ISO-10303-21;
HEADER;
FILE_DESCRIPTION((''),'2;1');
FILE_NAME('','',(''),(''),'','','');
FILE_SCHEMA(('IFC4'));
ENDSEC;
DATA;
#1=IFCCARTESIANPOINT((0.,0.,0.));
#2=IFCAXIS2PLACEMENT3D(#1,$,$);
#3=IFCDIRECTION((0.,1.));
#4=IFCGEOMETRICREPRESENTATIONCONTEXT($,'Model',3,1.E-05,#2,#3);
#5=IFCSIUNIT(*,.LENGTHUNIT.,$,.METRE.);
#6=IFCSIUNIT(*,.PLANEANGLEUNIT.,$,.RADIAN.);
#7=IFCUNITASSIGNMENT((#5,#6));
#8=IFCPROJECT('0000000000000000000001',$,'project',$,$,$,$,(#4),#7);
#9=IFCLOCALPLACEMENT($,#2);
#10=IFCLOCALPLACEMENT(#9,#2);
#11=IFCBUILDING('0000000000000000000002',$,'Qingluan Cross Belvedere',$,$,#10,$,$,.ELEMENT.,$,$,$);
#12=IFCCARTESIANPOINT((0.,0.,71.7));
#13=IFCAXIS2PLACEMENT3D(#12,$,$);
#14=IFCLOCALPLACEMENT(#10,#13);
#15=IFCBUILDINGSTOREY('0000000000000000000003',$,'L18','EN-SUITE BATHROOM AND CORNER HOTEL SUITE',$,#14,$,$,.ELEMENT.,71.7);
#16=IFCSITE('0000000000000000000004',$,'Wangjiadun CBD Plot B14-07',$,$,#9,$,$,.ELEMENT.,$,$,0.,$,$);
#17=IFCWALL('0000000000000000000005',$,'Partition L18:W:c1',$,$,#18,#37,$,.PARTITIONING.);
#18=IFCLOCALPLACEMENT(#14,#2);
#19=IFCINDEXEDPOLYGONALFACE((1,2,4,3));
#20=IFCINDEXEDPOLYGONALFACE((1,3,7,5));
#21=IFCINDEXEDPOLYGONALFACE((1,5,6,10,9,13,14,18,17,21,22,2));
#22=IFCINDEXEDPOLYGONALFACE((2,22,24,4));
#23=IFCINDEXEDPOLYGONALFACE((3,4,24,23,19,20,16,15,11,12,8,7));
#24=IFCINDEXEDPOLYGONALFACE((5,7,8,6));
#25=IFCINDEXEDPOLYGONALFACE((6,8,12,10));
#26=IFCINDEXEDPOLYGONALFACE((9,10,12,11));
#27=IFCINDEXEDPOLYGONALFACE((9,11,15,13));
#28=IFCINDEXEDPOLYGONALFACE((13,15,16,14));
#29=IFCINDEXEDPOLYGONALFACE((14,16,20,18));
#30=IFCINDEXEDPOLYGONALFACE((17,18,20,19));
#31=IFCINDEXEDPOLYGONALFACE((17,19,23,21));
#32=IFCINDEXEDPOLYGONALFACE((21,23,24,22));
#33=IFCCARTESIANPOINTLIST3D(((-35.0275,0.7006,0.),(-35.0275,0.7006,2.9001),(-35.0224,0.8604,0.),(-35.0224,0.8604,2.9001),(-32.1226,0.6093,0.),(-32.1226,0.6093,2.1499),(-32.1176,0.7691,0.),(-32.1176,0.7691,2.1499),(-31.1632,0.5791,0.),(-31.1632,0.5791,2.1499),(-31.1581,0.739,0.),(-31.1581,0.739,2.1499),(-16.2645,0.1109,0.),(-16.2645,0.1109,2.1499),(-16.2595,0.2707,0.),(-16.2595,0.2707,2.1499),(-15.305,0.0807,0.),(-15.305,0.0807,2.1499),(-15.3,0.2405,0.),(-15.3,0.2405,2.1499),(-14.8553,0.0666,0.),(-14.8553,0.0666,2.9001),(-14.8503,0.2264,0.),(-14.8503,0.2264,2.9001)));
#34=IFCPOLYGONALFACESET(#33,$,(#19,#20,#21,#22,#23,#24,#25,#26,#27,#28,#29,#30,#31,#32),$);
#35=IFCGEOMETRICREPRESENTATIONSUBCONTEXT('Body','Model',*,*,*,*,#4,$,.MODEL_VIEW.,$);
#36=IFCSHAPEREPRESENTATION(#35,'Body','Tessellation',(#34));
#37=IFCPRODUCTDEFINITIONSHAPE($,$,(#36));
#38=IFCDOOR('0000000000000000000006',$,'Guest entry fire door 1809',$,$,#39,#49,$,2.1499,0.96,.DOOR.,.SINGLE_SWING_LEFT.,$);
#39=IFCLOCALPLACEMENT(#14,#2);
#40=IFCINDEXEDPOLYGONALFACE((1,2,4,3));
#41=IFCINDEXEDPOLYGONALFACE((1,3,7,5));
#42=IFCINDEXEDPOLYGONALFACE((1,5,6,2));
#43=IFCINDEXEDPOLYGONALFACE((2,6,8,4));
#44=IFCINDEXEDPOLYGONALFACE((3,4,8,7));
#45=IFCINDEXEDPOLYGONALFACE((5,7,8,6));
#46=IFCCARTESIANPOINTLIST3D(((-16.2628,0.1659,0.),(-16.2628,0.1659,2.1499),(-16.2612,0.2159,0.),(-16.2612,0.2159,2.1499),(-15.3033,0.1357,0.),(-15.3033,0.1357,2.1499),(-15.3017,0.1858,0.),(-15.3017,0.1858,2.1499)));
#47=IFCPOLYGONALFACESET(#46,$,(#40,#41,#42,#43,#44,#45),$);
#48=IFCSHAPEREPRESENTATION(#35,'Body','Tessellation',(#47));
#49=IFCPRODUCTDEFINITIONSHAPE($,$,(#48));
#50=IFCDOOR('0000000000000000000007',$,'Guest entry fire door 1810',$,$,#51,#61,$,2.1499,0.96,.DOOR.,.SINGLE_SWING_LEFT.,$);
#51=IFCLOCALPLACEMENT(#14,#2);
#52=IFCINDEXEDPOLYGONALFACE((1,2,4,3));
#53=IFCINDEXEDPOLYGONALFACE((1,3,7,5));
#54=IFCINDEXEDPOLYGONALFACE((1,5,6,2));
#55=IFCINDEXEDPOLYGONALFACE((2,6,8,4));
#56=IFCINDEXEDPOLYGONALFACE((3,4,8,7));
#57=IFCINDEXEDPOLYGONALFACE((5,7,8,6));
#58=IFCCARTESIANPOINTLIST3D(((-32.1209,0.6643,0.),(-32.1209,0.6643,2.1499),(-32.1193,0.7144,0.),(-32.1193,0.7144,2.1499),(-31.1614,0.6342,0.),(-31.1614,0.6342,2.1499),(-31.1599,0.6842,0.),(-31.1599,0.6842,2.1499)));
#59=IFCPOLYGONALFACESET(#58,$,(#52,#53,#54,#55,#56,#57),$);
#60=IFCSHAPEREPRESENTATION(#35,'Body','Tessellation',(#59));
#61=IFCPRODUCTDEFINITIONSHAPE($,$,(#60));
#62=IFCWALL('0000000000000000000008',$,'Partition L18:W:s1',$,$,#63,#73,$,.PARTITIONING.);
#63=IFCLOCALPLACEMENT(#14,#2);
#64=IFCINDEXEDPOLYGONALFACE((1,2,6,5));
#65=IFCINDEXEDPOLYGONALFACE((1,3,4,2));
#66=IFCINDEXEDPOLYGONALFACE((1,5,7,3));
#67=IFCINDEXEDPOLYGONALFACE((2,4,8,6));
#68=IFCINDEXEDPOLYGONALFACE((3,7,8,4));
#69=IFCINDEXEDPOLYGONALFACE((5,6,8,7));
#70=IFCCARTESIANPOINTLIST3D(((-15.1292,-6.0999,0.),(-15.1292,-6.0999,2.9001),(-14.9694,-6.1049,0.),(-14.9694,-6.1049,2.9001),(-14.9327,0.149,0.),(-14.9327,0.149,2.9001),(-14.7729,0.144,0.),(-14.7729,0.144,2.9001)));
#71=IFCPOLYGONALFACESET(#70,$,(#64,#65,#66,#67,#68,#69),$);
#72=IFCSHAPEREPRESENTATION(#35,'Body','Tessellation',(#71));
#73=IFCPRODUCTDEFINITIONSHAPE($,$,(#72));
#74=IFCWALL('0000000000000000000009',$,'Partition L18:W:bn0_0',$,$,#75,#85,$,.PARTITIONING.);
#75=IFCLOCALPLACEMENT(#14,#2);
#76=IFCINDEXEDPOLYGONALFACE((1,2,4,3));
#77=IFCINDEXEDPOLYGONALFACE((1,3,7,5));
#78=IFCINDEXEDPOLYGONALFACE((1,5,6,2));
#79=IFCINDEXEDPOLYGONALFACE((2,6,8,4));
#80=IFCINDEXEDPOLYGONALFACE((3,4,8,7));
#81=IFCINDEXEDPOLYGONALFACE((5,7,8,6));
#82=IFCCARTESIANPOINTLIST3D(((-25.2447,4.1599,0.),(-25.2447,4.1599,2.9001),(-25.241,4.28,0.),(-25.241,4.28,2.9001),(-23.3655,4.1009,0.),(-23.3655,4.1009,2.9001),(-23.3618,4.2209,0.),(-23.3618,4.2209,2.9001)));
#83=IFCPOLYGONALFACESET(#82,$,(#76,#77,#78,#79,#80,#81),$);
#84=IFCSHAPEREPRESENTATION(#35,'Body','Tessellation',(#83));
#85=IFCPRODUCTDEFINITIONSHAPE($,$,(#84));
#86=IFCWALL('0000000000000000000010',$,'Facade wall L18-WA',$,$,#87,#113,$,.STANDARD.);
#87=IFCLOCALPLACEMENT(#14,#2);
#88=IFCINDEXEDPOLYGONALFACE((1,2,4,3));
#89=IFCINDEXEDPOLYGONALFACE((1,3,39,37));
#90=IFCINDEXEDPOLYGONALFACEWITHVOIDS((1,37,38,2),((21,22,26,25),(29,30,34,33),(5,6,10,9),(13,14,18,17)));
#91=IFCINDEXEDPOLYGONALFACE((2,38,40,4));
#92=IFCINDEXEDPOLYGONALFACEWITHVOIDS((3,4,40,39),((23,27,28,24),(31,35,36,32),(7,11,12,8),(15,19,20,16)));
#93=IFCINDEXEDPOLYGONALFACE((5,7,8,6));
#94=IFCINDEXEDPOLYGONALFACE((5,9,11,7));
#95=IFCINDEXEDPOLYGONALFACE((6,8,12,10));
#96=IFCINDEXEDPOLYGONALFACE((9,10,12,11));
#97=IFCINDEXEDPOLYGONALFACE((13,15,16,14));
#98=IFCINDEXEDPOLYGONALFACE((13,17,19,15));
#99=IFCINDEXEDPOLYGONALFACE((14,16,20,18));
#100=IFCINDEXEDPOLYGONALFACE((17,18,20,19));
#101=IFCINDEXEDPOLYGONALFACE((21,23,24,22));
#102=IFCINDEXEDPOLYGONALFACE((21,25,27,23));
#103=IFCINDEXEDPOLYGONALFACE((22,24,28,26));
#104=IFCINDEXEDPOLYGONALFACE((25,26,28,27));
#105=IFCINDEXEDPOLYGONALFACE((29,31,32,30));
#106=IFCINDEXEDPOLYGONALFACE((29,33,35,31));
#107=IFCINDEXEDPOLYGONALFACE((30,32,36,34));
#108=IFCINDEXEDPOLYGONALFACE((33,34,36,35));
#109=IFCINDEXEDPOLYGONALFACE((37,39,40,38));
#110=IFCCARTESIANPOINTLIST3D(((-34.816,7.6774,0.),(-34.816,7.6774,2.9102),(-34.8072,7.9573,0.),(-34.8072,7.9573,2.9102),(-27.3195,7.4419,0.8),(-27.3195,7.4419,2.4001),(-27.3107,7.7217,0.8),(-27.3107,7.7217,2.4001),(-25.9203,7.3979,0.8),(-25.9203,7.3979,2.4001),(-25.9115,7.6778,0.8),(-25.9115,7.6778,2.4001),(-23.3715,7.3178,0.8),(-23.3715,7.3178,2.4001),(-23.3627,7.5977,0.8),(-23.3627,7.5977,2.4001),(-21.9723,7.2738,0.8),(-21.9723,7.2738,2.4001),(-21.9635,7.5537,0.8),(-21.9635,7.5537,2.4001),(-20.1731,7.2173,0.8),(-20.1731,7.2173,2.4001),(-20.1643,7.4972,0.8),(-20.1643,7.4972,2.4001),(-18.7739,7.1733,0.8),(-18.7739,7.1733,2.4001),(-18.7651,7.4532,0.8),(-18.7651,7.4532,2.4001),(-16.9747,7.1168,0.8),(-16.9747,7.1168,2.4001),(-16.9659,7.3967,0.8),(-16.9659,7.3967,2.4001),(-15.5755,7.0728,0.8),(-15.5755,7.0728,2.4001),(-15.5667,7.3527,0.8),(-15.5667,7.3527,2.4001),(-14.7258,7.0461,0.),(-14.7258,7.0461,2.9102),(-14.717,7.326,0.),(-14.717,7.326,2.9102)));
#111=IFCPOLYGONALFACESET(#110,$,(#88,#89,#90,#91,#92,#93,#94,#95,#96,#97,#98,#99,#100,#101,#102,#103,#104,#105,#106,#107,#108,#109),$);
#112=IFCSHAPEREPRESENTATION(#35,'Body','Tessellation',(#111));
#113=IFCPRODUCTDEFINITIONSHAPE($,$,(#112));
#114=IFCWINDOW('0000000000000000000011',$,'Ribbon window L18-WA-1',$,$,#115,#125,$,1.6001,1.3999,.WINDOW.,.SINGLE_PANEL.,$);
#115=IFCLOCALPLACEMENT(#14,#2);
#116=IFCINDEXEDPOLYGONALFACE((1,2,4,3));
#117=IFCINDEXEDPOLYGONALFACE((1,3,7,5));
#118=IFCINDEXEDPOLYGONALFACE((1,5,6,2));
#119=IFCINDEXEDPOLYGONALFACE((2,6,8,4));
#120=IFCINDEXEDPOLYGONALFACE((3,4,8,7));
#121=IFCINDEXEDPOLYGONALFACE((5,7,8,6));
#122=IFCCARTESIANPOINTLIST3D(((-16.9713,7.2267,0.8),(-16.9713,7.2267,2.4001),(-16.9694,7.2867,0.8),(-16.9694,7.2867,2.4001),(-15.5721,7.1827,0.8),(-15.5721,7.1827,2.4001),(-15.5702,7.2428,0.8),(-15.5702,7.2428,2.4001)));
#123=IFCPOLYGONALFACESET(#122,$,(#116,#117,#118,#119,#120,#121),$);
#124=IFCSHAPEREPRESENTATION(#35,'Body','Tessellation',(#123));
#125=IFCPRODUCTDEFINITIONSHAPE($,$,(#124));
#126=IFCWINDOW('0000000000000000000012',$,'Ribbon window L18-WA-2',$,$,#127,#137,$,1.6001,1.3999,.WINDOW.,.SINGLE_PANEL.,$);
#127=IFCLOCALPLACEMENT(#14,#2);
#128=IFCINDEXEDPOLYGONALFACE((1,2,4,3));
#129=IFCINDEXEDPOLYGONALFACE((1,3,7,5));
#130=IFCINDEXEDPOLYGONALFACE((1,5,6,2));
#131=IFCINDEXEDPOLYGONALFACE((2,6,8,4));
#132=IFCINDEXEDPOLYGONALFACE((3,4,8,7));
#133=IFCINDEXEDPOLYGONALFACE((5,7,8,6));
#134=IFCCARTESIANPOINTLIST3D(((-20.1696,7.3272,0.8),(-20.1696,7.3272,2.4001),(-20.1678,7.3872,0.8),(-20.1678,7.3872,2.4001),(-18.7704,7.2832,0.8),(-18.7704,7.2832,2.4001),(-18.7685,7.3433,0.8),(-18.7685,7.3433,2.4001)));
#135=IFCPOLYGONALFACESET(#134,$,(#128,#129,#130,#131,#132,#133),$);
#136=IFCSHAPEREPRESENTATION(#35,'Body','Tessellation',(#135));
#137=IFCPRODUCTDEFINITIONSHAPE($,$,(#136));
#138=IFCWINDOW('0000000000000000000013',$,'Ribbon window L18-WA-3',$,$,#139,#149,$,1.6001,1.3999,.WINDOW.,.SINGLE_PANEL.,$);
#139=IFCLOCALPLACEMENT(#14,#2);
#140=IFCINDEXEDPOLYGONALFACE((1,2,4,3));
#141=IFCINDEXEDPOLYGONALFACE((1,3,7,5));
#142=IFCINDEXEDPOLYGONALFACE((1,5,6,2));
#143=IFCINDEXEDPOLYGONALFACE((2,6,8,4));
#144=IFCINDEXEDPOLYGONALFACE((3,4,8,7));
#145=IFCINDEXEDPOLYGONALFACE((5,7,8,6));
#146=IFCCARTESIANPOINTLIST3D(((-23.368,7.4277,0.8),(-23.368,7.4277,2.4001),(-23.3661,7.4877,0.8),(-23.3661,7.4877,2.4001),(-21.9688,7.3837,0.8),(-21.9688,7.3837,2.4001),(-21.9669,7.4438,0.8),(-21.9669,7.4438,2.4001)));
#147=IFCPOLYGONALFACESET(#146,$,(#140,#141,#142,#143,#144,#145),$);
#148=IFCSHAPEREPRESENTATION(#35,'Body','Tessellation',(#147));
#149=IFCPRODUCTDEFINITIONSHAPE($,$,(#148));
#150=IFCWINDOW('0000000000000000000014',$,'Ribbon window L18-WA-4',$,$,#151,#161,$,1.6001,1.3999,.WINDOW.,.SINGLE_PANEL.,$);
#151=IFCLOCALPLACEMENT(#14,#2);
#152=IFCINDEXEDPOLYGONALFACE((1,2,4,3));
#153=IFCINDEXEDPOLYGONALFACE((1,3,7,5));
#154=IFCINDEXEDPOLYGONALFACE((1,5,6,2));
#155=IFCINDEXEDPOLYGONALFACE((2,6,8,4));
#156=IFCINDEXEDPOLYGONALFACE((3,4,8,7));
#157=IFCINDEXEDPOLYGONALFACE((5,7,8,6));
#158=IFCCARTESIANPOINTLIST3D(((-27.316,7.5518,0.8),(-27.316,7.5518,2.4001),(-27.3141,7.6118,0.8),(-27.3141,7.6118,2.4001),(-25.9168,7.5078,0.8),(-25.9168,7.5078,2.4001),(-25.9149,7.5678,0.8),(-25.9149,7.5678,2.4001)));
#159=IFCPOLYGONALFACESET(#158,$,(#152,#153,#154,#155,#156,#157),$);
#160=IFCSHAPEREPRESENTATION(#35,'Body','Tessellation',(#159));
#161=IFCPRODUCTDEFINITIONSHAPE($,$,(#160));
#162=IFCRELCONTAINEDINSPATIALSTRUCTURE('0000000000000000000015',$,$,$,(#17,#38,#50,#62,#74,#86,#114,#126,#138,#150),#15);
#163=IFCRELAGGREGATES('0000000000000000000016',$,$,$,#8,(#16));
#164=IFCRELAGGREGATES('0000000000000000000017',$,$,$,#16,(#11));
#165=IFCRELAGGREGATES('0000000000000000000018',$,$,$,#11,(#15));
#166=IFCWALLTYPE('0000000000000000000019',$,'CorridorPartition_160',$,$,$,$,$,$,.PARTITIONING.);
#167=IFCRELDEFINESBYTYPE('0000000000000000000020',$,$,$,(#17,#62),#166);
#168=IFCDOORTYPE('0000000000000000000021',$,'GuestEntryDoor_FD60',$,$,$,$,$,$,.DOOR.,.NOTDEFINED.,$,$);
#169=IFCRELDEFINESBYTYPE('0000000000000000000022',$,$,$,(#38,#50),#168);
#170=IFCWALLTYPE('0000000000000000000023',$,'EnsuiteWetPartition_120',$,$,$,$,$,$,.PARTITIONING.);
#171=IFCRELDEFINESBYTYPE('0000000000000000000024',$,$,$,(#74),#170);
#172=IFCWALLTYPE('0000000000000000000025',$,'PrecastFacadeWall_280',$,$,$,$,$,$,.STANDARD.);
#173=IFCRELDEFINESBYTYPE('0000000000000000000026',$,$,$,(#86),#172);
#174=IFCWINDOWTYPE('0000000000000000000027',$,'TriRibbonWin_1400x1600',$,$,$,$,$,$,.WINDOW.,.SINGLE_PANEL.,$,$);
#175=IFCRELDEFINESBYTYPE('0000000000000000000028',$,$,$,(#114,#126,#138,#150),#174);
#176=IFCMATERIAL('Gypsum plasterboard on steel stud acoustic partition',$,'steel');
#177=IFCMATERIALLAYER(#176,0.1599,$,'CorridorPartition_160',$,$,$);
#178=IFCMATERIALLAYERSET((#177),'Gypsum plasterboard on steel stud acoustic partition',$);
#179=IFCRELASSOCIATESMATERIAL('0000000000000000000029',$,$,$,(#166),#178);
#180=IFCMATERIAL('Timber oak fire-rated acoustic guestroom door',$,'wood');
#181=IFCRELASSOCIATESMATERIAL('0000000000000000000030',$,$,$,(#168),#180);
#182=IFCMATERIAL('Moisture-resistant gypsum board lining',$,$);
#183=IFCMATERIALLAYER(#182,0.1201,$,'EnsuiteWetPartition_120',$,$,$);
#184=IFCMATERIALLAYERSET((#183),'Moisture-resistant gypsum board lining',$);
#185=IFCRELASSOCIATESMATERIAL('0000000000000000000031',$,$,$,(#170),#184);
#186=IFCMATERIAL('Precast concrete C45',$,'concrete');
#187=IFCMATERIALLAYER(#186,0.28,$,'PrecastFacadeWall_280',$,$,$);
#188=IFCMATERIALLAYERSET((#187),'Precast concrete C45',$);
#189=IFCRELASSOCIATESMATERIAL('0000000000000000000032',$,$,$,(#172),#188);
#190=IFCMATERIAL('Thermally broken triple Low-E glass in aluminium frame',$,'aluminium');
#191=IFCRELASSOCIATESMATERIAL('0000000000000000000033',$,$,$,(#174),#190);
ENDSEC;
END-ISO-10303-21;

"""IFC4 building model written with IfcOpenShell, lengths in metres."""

from ifc_helpers import new_model, si_unit, direction, frame, frame_2d, origin, place, context, subcontext, project, spatial, rectangle, extrude, material, layer, layer_set, type_object, element, fill, save


model = new_model("IFC4")

# Units and contexts
model_context = context("Model", 3, precision=1e-05, world=origin(), true_north=direction((0.0, 1.0)))
body_context = subcontext(model_context, "Body", "Model", "MODEL_VIEW")
ifc_project = project(units=[si_unit("LENGTHUNIT", "METRE"), si_unit("PLANEANGLEUNIT", "RADIAN")], contexts=[model_context])

# Site, building, storey
site_placement = place(None, origin())
site = spatial("IfcSite", under=ifc_project, at=site_placement, Name="Wangjiadun CBD Plot B14-07", CompositionType="ELEMENT", RefElevation=0.0)
building_placement = place(site_placement, origin())
building = spatial("IfcBuilding", under=site, at=building_placement, Name="Qingluan Cross Belvedere", CompositionType="ELEMENT")
storey_placement = place(building_placement, frame((0.0, 0.0, 71.7)))
storey = spatial("IfcBuildingStorey", under=building, at=storey_placement, Name="L18", Description="EN-SUITE BATHROOM AND CORNER HOTEL SUITE", CompositionType="ELEMENT", Elevation=71.7)

# Shared definitions
ifc_material_1 = material(Name="Gypsum plasterboard on steel stud acoustic partition", Category="steel")
ifc_layer_1 = layer(ifc_material_1, 0.1599, Name="CorridorPartition_160")
ifc_layer_set_1 = layer_set([ifc_layer_1], Name="Gypsum plasterboard on steel stud acoustic partition")
wall_type_1 = type_object("IfcWallType", Name="CorridorPartition_160", PredefinedType="PARTITIONING", material=ifc_layer_set_1)
ifc_material_2 = material(Name="Timber oak fire-rated acoustic guestroom door", Category="wood")
door_type = type_object("IfcDoorType", Name="GuestEntryDoor_FD60", OperationType="NOTDEFINED", PredefinedType="DOOR", material=ifc_material_2)

# Wall, openings, doors
wall_1_placement = place(storey_placement, frame((-14.8528, 0.1465, 0.0), z_axis=(0.0, 0.0, 1.0), x_axis=(-0.999506, 0.031416, 0.0)))
wall_1 = element("IfcWall", 1, at=wall_1_placement, inside=storey, type_object=wall_type_1, Name="Partition L18:W:c1", PredefinedType="PARTITIONING", context=body_context, shape_type="SweptSolid", body=[
    extrude(rectangle(XDim=20.1821, YDim=0.1599, at=frame_2d((10.0911, 0.0))), origin(), (0.0, 0.0, 1.0), 2.9001),
])
opening_1_placement = place(wall_1_placement, frame((0.45, 0.0, 0.0)))
opening_1 = element("IfcOpeningElement", 2, at=opening_1_placement, cuts=wall_1, PredefinedType="OPENING", context=body_context, shape_type="SweptSolid", body=[
    extrude(rectangle(XDim=0.96, YDim=2.1499, at=frame_2d((0.48, 1.075))), frame((0.0, 0.0898, 0.0), z_axis=(0.0, -1.0, 0.0), x_axis=(1.0, 0.0, 0.0)), (0.0, 0.0, 1.0), 0.1799),
])
opening_2_placement = place(wall_1_placement, frame((16.3159, 0.0, 0.0)))
opening_2 = element("IfcOpeningElement", 3, at=opening_2_placement, cuts=wall_1, PredefinedType="OPENING", context=body_context, shape_type="SweptSolid", body=[
    extrude(rectangle(XDim=0.96, YDim=2.1499, at=frame_2d((0.48, 1.075))), frame((0.0, 0.0898, 0.0), z_axis=(0.0, -1.0, 0.0), x_axis=(1.0, 0.0, 0.0)), (0.0, 0.0, 1.0), 0.1799),
])
door_1_placement = place(opening_1_placement, origin())
door_1 = element("IfcDoor", 4, at=door_1_placement, inside=storey, type_object=door_type, Name="Guest entry fire door 1809", OperationType="SINGLE_SWING_LEFT", OverallHeight=2.1499, OverallWidth=0.96, PredefinedType="DOOR", context=body_context, shape_type="SweptSolid", body=[
    extrude(rectangle(XDim=0.96, YDim=2.1499, at=frame_2d((0.48, 1.075))), frame((0.0, 0.0249, 0.0), z_axis=(0.0, -1.0, 0.0), x_axis=(1.0, 0.0, 0.0)), (0.0, 0.0, 1.0), 0.05),
])
fill(opening_1, door_1)
door_2_placement = place(opening_2_placement, origin())
door_2 = element("IfcDoor", 5, at=door_2_placement, inside=storey, type_object=door_type, Name="Guest entry fire door 1810", OperationType="SINGLE_SWING_LEFT", OverallHeight=2.1499, OverallWidth=0.96, PredefinedType="DOOR", context=body_context, shape_type="SweptSolid", body=[
    extrude(rectangle(XDim=0.96, YDim=2.1499, at=frame_2d((0.48, 1.075))), frame((0.0, 0.0249, 0.0), z_axis=(0.0, -1.0, 0.0), x_axis=(1.0, 0.0, 0.0)), (0.0, 0.0, 1.0), 0.05),
])
fill(opening_2, door_2)

# Walls
wall_2_placement = place(storey_placement, frame((-14.8528, 0.1465, 0.0), z_axis=(0.0, 0.0, 1.0), x_axis=(-0.031436, -0.999506, 0.0)))
element("IfcWall", 6, at=wall_2_placement, inside=storey, type_object=wall_type_1, Name="Partition L18:W:s1", PredefinedType="PARTITIONING", context=body_context, shape_type="SweptSolid", body=[
    extrude(rectangle(XDim=6.252, YDim=0.1599, at=frame_2d((3.126, 0.0))), origin(), (0.0, 0.0, 1.0), 2.9001),
])
ifc_material_3 = material(Name="Moisture-resistant gypsum board lining")
ifc_layer_2 = layer(ifc_material_3, 0.1201, Name="EnsuiteWetPartition_120")
ifc_layer_set_2 = layer_set([ifc_layer_2], Name="Moisture-resistant gypsum board lining")
wall_type_2 = type_object("IfcWallType", Name="EnsuiteWetPartition_120", PredefinedType="PARTITIONING", material=ifc_layer_set_2)
wall_3_placement = place(storey_placement, frame((-23.3638, 4.1609, 0.0), z_axis=(0.0, 0.0, 1.0), x_axis=(-0.999506, 0.031425, 0.0)))
element("IfcWall", 7, at=wall_3_placement, inside=storey, type_object=wall_type_2, Name="Partition L18:W:bn0_0", PredefinedType="PARTITIONING", context=body_context, shape_type="SweptSolid", body=[
    extrude(rectangle(XDim=1.8801, YDim=0.1201, at=frame_2d((0.9399, 0.0))), origin(), (0.0, 0.0, 1.0), 2.9001),
])

# Wall, openings, windows
ifc_material_4 = material(Name="Precast concrete C45", Category="concrete")
ifc_layer_3 = layer(ifc_material_4, 0.28, Name="PrecastFacadeWall_280")
ifc_layer_set_3 = layer_set([ifc_layer_3], Name="Precast concrete C45")
wall_type_3 = type_object("IfcWallType", Name="PrecastFacadeWall_280", PredefinedType="STANDARD", material=ifc_layer_set_3)
wall_4_placement = place(storey_placement, frame((-14.7214, 7.186, 0.0), z_axis=(0.0, 0.0, 1.0), x_axis=(-0.999507, 0.03141, 0.0)))
wall_4 = element("IfcWall", 8, at=wall_4_placement, inside=storey, type_object=wall_type_3, Name="Facade wall L18-WA", PredefinedType="STANDARD", context=body_context, shape_type="SweptSolid", body=[
    extrude(rectangle(XDim=20.1001, YDim=0.28, at=frame_2d((10.05, 0.0))), origin(), (0.0, 0.0, 1.0), 2.9102),
])
opening_3_placement = place(wall_4_placement, frame((0.8501, 0.0, 0.8)))
opening_3 = element("IfcOpeningElement", 9, at=opening_3_placement, cuts=wall_4, PredefinedType="OPENING", context=body_context, shape_type="SweptSolid", body=[
    extrude(rectangle(XDim=1.3999, YDim=1.6001, at=frame_2d((0.7, 0.8))), frame((0.0, 0.1499, 0.0), z_axis=(0.0, -1.0, 0.0), x_axis=(1.0, 0.0, 0.0)), (0.0, 0.0, 1.0), 0.3),
])
opening_4_placement = place(wall_4_placement, frame((4.05, 0.0, 0.8)))
opening_4 = element("IfcOpeningElement", 10, at=opening_4_placement, cuts=wall_4, PredefinedType="OPENING", context=body_context, shape_type="SweptSolid", body=[
    extrude(rectangle(XDim=1.3999, YDim=1.6001, at=frame_2d((0.7, 0.8))), frame((0.0, 0.1499, 0.0), z_axis=(0.0, -1.0, 0.0), x_axis=(1.0, 0.0, 0.0)), (0.0, 0.0, 1.0), 0.3),
])
opening_5_placement = place(wall_4_placement, frame((7.25, 0.0, 0.8)))
opening_5 = element("IfcOpeningElement", 11, at=opening_5_placement, cuts=wall_4, PredefinedType="OPENING", context=body_context, shape_type="SweptSolid", body=[
    extrude(rectangle(XDim=1.3999, YDim=1.6001, at=frame_2d((0.7, 0.8))), frame((0.0, 0.1499, 0.0), z_axis=(0.0, -1.0, 0.0), x_axis=(1.0, 0.0, 0.0)), (0.0, 0.0, 1.0), 0.3),
])
opening_6_placement = place(wall_4_placement, frame((11.2, 0.0, 0.8)))
opening_6 = element("IfcOpeningElement", 12, at=opening_6_placement, cuts=wall_4, PredefinedType="OPENING", context=body_context, shape_type="SweptSolid", body=[
    extrude(rectangle(XDim=1.3999, YDim=1.6001, at=frame_2d((0.7, 0.8))), frame((0.0, 0.1499, 0.0), z_axis=(0.0, -1.0, 0.0), x_axis=(1.0, 0.0, 0.0)), (0.0, 0.0, 1.0), 0.3),
])
ifc_material_5 = material(Name="Thermally broken triple Low-E glass in aluminium frame", Category="aluminium")
window_type = type_object("IfcWindowType", Name="TriRibbonWin_1400x1600", PartitioningType="SINGLE_PANEL", PredefinedType="WINDOW", material=ifc_material_5)
window_1_placement = place(opening_3_placement, origin())
window_1 = element("IfcWindow", 13, at=window_1_placement, inside=storey, type_object=window_type, Name="Ribbon window L18-WA-1", OverallHeight=1.6001, OverallWidth=1.3999, PartitioningType="SINGLE_PANEL", PredefinedType="WINDOW", context=body_context, shape_type="SweptSolid", body=[
    extrude(rectangle(XDim=1.3999, YDim=1.6001, at=frame_2d((0.7, 0.8))), frame((0.0, 0.03, 0.0), z_axis=(0.0, -1.0, 0.0), x_axis=(1.0, 0.0, 0.0)), (0.0, 0.0, 1.0), 0.0601),
])
fill(opening_3, window_1)
window_2_placement = place(opening_4_placement, origin())
window_2 = element("IfcWindow", 14, at=window_2_placement, inside=storey, type_object=window_type, Name="Ribbon window L18-WA-2", OverallHeight=1.6001, OverallWidth=1.3999, PartitioningType="SINGLE_PANEL", PredefinedType="WINDOW", context=body_context, shape_type="SweptSolid", body=[
    extrude(rectangle(XDim=1.3999, YDim=1.6001, at=frame_2d((0.7, 0.8))), frame((0.0, 0.03, 0.0), z_axis=(0.0, -1.0, 0.0), x_axis=(1.0, 0.0, 0.0)), (0.0, 0.0, 1.0), 0.0601),
])
fill(opening_4, window_2)
window_3_placement = place(opening_5_placement, origin())
window_3 = element("IfcWindow", 15, at=window_3_placement, inside=storey, type_object=window_type, Name="Ribbon window L18-WA-3", OverallHeight=1.6001, OverallWidth=1.3999, PartitioningType="SINGLE_PANEL", PredefinedType="WINDOW", context=body_context, shape_type="SweptSolid", body=[
    extrude(rectangle(XDim=1.3999, YDim=1.6001, at=frame_2d((0.7, 0.8))), frame((0.0, 0.03, 0.0), z_axis=(0.0, -1.0, 0.0), x_axis=(1.0, 0.0, 0.0)), (0.0, 0.0, 1.0), 0.0601),
])
fill(opening_5, window_3)
window_4_placement = place(opening_6_placement, origin())
window_4 = element("IfcWindow", 16, at=window_4_placement, inside=storey, type_object=window_type, Name="Ribbon window L18-WA-4", OverallHeight=1.6001, OverallWidth=1.3999, PartitioningType="SINGLE_PANEL", PredefinedType="WINDOW", context=body_context, shape_type="SweptSolid", body=[
    extrude(rectangle(XDim=1.3999, YDim=1.6001, at=frame_2d((0.7, 0.8))), frame((0.0, 0.03, 0.0), z_axis=(0.0, -1.0, 0.0), x_axis=(1.0, 0.0, 0.0)), (0.0, 0.0, 1.0), 0.0601),
])
fill(opening_6, window_4)

save(model, "model.ifc")
